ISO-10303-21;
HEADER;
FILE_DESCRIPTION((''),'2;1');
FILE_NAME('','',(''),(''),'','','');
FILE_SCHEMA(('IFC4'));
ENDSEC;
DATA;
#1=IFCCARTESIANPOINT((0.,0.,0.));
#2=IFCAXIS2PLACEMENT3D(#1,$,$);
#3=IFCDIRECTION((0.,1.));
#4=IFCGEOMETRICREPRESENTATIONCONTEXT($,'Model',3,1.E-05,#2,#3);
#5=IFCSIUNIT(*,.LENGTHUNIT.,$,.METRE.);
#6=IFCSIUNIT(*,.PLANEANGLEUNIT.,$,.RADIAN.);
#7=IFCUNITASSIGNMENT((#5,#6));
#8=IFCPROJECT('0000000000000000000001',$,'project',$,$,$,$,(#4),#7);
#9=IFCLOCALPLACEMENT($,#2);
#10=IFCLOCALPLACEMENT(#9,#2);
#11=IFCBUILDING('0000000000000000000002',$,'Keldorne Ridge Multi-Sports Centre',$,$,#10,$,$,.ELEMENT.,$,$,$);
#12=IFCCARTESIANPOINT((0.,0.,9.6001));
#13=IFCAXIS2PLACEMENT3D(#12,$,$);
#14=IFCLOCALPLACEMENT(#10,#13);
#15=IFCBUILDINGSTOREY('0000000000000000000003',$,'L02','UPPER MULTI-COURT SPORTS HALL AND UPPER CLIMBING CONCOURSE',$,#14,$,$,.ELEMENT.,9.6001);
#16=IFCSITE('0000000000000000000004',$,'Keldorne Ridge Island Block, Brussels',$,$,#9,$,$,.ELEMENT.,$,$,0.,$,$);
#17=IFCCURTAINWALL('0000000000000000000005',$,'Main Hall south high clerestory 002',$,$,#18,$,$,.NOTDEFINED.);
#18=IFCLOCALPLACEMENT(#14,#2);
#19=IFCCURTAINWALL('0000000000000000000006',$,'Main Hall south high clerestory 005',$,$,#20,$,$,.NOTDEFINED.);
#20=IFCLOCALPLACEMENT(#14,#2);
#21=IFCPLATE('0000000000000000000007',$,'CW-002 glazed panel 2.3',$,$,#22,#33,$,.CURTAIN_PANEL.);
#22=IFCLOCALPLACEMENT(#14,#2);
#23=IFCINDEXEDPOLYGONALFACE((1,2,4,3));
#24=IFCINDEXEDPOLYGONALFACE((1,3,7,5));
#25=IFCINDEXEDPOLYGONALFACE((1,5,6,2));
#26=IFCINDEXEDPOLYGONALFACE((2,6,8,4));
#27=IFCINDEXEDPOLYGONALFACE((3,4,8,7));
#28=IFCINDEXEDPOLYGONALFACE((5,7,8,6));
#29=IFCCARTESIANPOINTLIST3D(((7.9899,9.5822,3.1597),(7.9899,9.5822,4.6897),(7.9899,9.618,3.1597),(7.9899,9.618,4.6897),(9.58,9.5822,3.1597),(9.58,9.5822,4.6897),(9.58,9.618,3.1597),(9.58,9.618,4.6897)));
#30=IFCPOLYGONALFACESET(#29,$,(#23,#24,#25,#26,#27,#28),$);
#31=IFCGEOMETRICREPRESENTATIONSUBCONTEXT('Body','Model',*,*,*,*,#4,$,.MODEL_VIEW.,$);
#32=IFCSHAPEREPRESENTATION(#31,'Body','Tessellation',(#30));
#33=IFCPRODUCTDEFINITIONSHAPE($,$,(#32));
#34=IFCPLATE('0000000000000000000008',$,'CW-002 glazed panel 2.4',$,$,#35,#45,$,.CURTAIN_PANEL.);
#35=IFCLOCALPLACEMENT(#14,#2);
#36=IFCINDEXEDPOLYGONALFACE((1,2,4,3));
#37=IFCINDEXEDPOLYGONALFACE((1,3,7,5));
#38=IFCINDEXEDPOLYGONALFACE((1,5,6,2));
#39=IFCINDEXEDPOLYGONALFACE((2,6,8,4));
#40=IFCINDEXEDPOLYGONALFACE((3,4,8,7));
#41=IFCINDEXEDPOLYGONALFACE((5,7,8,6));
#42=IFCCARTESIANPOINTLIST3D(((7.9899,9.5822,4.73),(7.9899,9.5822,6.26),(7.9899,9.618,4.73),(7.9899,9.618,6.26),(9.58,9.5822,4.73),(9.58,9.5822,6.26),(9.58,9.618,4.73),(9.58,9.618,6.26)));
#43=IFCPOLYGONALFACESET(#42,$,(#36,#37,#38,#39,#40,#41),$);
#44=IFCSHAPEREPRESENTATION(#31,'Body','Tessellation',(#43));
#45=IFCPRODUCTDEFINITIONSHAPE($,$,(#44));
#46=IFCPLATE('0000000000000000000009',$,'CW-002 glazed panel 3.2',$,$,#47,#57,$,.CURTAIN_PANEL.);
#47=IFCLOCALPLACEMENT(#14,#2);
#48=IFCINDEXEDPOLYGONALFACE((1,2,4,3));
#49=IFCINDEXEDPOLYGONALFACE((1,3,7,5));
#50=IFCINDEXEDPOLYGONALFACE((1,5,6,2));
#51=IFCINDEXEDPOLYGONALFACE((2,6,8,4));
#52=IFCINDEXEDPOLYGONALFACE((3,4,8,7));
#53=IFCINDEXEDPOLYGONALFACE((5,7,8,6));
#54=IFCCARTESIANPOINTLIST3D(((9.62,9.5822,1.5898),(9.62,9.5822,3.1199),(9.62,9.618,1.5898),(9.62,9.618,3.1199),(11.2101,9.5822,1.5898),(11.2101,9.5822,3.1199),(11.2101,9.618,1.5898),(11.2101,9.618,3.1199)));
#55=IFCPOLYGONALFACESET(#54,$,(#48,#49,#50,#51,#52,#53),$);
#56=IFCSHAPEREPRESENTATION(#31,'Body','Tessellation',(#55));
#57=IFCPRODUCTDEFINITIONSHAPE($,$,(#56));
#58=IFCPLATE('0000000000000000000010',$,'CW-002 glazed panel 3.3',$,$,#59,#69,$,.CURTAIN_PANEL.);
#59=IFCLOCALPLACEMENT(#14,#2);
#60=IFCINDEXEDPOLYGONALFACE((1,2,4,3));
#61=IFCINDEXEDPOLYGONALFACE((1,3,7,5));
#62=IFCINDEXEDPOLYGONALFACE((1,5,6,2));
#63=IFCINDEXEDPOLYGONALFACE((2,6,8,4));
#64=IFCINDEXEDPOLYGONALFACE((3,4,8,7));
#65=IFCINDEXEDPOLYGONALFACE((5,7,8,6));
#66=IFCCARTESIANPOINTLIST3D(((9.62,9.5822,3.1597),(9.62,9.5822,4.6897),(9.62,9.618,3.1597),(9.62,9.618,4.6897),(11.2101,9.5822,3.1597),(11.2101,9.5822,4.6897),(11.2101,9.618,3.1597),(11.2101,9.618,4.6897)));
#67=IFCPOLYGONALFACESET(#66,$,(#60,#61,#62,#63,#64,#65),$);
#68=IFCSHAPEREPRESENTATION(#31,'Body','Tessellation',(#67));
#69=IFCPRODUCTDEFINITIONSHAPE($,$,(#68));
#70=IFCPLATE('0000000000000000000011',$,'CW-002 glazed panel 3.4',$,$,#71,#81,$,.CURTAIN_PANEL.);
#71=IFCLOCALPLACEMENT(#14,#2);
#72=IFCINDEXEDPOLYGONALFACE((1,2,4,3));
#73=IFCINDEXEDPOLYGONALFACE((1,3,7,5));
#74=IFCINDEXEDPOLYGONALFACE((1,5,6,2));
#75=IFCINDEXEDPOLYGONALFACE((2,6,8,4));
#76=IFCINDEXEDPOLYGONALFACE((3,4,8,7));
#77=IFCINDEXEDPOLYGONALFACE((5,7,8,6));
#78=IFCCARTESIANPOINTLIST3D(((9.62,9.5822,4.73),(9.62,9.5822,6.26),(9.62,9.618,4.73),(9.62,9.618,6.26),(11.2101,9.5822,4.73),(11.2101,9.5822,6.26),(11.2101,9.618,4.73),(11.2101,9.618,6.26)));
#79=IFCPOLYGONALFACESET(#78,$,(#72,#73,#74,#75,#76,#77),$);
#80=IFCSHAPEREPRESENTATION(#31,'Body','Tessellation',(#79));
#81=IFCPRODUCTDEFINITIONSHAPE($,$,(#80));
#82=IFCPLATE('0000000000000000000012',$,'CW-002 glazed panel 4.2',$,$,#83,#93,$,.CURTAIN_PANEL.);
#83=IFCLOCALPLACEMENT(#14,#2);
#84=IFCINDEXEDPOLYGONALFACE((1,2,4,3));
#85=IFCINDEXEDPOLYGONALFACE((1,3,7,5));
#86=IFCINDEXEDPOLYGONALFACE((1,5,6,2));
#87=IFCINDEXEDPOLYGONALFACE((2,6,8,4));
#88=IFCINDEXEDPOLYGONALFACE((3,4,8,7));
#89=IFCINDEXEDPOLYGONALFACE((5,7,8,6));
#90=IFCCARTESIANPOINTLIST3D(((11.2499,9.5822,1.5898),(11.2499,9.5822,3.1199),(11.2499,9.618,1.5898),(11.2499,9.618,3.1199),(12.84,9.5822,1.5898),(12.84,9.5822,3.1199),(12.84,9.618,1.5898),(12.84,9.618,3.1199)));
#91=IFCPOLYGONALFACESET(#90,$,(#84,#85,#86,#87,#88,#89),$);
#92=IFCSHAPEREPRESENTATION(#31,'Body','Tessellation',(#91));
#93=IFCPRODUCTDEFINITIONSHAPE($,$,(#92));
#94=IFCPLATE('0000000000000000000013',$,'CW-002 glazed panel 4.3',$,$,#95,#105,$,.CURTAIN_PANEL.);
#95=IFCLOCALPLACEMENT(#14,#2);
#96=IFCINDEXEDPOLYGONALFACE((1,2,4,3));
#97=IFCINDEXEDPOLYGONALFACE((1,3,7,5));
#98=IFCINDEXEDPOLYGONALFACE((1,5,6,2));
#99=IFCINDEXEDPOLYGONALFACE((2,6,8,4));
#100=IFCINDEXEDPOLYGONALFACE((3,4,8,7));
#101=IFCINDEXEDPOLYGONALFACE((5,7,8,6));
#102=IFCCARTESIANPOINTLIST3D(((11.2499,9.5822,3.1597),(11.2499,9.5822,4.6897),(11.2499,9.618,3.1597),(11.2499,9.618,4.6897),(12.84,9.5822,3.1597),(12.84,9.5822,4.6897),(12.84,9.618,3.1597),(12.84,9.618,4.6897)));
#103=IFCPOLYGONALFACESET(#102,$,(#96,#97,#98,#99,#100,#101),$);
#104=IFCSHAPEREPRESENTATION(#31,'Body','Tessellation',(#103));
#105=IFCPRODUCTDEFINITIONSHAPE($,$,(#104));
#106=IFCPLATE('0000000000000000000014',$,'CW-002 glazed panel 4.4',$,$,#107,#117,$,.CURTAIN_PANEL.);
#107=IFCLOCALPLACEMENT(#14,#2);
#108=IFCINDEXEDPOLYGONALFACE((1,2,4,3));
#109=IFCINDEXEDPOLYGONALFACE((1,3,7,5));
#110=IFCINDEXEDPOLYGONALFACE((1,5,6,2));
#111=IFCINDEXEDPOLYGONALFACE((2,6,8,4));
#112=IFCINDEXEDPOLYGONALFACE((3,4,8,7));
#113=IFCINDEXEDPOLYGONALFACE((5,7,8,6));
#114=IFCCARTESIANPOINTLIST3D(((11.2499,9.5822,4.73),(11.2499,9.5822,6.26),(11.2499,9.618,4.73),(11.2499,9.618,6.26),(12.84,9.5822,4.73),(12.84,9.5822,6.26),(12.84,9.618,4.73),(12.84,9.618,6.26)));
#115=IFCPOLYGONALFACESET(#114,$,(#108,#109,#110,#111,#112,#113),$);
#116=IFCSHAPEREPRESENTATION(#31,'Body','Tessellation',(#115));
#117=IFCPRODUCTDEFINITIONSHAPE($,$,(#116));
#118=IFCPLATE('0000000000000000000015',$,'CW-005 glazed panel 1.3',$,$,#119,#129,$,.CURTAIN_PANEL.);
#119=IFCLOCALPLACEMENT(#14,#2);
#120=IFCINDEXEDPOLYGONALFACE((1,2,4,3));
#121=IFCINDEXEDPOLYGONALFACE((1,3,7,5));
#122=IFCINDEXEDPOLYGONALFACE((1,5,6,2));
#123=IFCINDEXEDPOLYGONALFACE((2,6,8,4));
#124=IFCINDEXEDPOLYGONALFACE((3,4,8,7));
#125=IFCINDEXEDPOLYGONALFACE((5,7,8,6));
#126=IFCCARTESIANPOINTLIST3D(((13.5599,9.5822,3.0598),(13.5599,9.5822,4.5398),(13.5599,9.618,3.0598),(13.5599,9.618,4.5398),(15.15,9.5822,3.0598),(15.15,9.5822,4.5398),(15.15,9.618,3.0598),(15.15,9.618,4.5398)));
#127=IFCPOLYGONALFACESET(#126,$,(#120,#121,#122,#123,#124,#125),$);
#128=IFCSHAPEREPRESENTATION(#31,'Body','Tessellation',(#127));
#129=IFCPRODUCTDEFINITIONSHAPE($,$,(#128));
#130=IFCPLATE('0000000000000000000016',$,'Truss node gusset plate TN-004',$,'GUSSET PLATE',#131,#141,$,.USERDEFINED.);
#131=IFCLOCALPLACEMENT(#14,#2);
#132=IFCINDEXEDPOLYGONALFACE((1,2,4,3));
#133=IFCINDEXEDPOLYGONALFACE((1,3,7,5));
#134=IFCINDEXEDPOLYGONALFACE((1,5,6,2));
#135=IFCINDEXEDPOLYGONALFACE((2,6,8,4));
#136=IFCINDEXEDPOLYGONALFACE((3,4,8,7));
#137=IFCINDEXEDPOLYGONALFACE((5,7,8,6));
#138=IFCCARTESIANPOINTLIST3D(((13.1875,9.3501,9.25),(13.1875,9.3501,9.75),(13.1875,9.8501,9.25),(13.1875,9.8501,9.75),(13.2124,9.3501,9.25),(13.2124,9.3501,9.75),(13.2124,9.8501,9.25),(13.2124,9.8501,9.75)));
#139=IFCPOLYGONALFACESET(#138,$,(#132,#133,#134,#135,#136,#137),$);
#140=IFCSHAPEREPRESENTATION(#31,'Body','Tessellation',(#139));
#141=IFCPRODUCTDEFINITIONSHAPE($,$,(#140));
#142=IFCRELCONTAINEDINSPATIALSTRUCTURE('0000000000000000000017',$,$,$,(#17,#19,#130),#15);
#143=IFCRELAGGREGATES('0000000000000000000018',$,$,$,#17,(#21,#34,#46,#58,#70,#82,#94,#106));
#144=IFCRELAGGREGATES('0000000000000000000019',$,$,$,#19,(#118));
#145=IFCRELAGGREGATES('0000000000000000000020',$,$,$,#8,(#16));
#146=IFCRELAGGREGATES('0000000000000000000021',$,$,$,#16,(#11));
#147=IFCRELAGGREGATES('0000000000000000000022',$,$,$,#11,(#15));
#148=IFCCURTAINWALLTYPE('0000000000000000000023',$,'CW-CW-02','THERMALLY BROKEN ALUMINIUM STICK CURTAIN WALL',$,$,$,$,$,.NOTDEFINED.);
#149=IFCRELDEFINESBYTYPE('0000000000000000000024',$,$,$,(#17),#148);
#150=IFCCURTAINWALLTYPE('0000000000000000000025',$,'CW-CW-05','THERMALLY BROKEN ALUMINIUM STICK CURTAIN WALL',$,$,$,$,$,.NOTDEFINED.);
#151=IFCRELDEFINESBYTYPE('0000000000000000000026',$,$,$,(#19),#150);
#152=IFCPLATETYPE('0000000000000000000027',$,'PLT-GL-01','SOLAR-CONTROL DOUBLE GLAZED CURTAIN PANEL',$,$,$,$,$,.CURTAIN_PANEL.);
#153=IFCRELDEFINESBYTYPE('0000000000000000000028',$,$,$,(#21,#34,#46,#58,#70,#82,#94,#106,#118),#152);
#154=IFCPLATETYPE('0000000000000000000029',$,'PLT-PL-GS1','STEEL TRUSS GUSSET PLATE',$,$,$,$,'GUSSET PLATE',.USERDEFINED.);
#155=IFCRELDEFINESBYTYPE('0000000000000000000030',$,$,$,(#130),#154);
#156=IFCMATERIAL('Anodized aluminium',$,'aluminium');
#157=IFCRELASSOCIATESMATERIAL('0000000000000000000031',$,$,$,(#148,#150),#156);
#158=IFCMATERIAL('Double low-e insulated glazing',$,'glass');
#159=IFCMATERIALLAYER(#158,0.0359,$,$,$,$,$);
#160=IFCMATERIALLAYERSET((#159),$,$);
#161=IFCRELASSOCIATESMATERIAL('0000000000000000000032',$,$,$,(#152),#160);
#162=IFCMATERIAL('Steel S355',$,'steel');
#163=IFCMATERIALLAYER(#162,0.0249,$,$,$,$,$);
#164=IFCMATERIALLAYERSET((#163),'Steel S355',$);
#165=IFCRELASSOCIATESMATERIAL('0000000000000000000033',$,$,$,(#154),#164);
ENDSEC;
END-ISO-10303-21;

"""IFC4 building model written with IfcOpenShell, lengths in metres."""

from ifc_helpers import new_model, si_unit, direction, frame, origin, origin_2d, place, context, subcontext, project, spatial, rectangle, extrude, material, layer, layer_set, type_object, element, aggregate, save


model = new_model("IFC4")

# Units and contexts
model_context = context("Model", 3, precision=1e-05, world=origin(), true_north=direction((0.0, 1.0)))
body_context = subcontext(model_context, "Body", "Model", "MODEL_VIEW")
ifc_project = project(units=[si_unit("LENGTHUNIT", "METRE"), si_unit("PLANEANGLEUNIT", "RADIAN")], contexts=[model_context])

# Site, building, storey
site_placement = place(None, origin())
site = spatial("IfcSite", under=ifc_project, at=site_placement, Name="Keldorne Ridge Island Block, Brussels", CompositionType="ELEMENT", RefElevation=0.0)
building_placement = place(site_placement, origin())
building = spatial("IfcBuilding", under=site, at=building_placement, Name="Keldorne Ridge Multi-Sports Centre", CompositionType="ELEMENT")
storey_placement = place(building_placement, frame((0.0, 0.0, 9.6001)))
storey = spatial("IfcBuildingStorey", under=building, at=storey_placement, Name="L02", Description="UPPER MULTI-COURT SPORTS HALL AND UPPER CLIMBING CONCOURSE", CompositionType="ELEMENT", Elevation=9.6001)

# Shared definitions
ifc_material_1 = material(Name="Steel S355", Category="steel")

# Curtain walls
ifc_material_2 = material(Name="Anodized aluminium", Category="aluminium")
curtain_wall_type_1 = type_object("IfcCurtainWallType", Name="CW-CW-02", Description="THERMALLY BROKEN ALUMINIUM STICK CURTAIN WALL", PredefinedType="NOTDEFINED", material=ifc_material_2)
curtain_wall_1_placement = place(storey_placement, origin())
curtain_wall_1 = element("IfcCurtainWall", 1, at=curtain_wall_1_placement, inside=storey, type_object=curtain_wall_type_1, Name="Main Hall south high clerestory 002", PredefinedType="NOTDEFINED")
curtain_wall_type_2 = type_object("IfcCurtainWallType", Name="CW-CW-05", Description="THERMALLY BROKEN ALUMINIUM STICK CURTAIN WALL", PredefinedType="NOTDEFINED", material=ifc_material_2)
curtain_wall_2_placement = place(storey_placement, origin())
curtain_wall_2 = element("IfcCurtainWall", 2, at=curtain_wall_2_placement, inside=storey, type_object=curtain_wall_type_2, Name="Main Hall south high clerestory 005", PredefinedType="NOTDEFINED")

# Plates
ifc_material_3 = material(Name="Double low-e insulated glazing", Category="glass")
ifc_layer_1 = layer(ifc_material_3, 0.0359)
ifc_layer_set_1 = layer_set([ifc_layer_1])
plate_type_1 = type_object("IfcPlateType", Name="PLT-GL-01", Description="SOLAR-CONTROL DOUBLE GLAZED CURTAIN PANEL", PredefinedType="CURTAIN_PANEL", material=ifc_layer_set_1)
plate_1_placement = place(storey_placement, frame((8.7849, 9.6001, 3.1597), z_axis=(0.0, 0.0, 1.0), x_axis=(1.0, 0.0, 0.0)))
plate_1 = element("IfcPlate", 3, at=plate_1_placement, type_object=plate_type_1, Name="CW-002 glazed panel 2.3", PredefinedType="CURTAIN_PANEL", context=body_context, shape_type="SweptSolid", body=[
    extrude(rectangle(XDim=1.5901, YDim=0.0359, at=origin_2d()), origin(), (0.0, 0.0, 1.0), 1.53),
])
plate_2_placement = place(storey_placement, frame((8.7849, 9.6001, 4.73), z_axis=(0.0, 0.0, 1.0), x_axis=(1.0, 0.0, 0.0)))
plate_2 = element("IfcPlate", 4, at=plate_2_placement, type_object=plate_type_1, Name="CW-002 glazed panel 2.4", PredefinedType="CURTAIN_PANEL", context=body_context, shape_type="SweptSolid", body=[
    extrude(rectangle(XDim=1.5901, YDim=0.0359, at=origin_2d()), origin(), (0.0, 0.0, 1.0), 1.53),
])
plate_3_placement = place(storey_placement, frame((10.415, 9.6001, 1.5898), z_axis=(0.0, 0.0, 1.0), x_axis=(1.0, 0.0, 0.0)))
plate_3 = element("IfcPlate", 5, at=plate_3_placement, type_object=plate_type_1, Name="CW-002 glazed panel 3.2", PredefinedType="CURTAIN_PANEL", context=body_context, shape_type="SweptSolid", body=[
    extrude(rectangle(XDim=1.5901, YDim=0.0359, at=origin_2d()), origin(), (0.0, 0.0, 1.0), 1.53),
])
plate_4_placement = place(storey_placement, frame((10.415, 9.6001, 3.1597), z_axis=(0.0, 0.0, 1.0), x_axis=(1.0, 0.0, 0.0)))
plate_4 = element("IfcPlate", 6, at=plate_4_placement, type_object=plate_type_1, Name="CW-002 glazed panel 3.3", PredefinedType="CURTAIN_PANEL", context=body_context, shape_type="SweptSolid", body=[
    extrude(rectangle(XDim=1.5901, YDim=0.0359, at=origin_2d()), origin(), (0.0, 0.0, 1.0), 1.53),
])
plate_5_placement = place(storey_placement, frame((10.415, 9.6001, 4.73), z_axis=(0.0, 0.0, 1.0), x_axis=(1.0, 0.0, 0.0)))
plate_5 = element("IfcPlate", 7, at=plate_5_placement, type_object=plate_type_1, Name="CW-002 glazed panel 3.4", PredefinedType="CURTAIN_PANEL", context=body_context, shape_type="SweptSolid", body=[
    extrude(rectangle(XDim=1.5901, YDim=0.0359, at=origin_2d()), origin(), (0.0, 0.0, 1.0), 1.53),
])
plate_6_placement = place(storey_placement, frame((12.0449, 9.6001, 1.5898), z_axis=(0.0, 0.0, 1.0), x_axis=(1.0, 0.0, 0.0)))
plate_6 = element("IfcPlate", 8, at=plate_6_placement, type_object=plate_type_1, Name="CW-002 glazed panel 4.2", PredefinedType="CURTAIN_PANEL", context=body_context, shape_type="SweptSolid", body=[
    extrude(rectangle(XDim=1.5901, YDim=0.0359, at=origin_2d()), origin(), (0.0, 0.0, 1.0), 1.53),
])
plate_7_placement = place(storey_placement, frame((12.0449, 9.6001, 3.1597), z_axis=(0.0, 0.0, 1.0), x_axis=(1.0, 0.0, 0.0)))
plate_7 = element("IfcPlate", 9, at=plate_7_placement, type_object=plate_type_1, Name="CW-002 glazed panel 4.3", PredefinedType="CURTAIN_PANEL", context=body_context, shape_type="SweptSolid", body=[
    extrude(rectangle(XDim=1.5901, YDim=0.0359, at=origin_2d()), origin(), (0.0, 0.0, 1.0), 1.53),
])
plate_8_placement = place(storey_placement, frame((12.0449, 9.6001, 4.73), z_axis=(0.0, 0.0, 1.0), x_axis=(1.0, 0.0, 0.0)))
plate_8 = element("IfcPlate", 10, at=plate_8_placement, type_object=plate_type_1, Name="CW-002 glazed panel 4.4", PredefinedType="CURTAIN_PANEL", context=body_context, shape_type="SweptSolid", body=[
    extrude(rectangle(XDim=1.5901, YDim=0.0359, at=origin_2d()), origin(), (0.0, 0.0, 1.0), 1.53),
])
aggregate(curtain_wall_1, [plate_1, plate_2, plate_3, plate_4, plate_5, plate_6, plate_7, plate_8])
plate_9_placement = place(storey_placement, frame((14.355, 9.6001, 3.0598), z_axis=(0.0, 0.0, 1.0), x_axis=(1.0, 0.0, 0.0)))
plate_9 = element("IfcPlate", 11, at=plate_9_placement, type_object=plate_type_1, Name="CW-005 glazed panel 1.3", PredefinedType="CURTAIN_PANEL", context=body_context, shape_type="SweptSolid", body=[
    extrude(rectangle(XDim=1.5901, YDim=0.0359, at=origin_2d()), origin(), (0.0, 0.0, 1.0), 1.48),
])
aggregate(curtain_wall_2, [plate_9])
ifc_layer_2 = layer(ifc_material_1, 0.0249)
ifc_layer_set_2 = layer_set([ifc_layer_2], Name="Steel S355")
plate_type_2 = type_object("IfcPlateType", Name="PLT-PL-GS1", Description="STEEL TRUSS GUSSET PLATE", ElementType="GUSSET PLATE", PredefinedType="USERDEFINED", material=ifc_layer_set_2)
plate_10_placement = place(storey_placement, frame((13.2, 9.6001, 9.25), z_axis=(0.0, 0.0, 1.0), x_axis=(1.0, 0.0, 0.0)))
element("IfcPlate", 12, at=plate_10_placement, inside=storey, type_object=plate_type_2, Name="Truss node gusset plate TN-004", ObjectType="GUSSET PLATE", PredefinedType="USERDEFINED", context=body_context, shape_type="SweptSolid", body=[
    extrude(rectangle(XDim=0.0249, YDim=0.5, at=origin_2d()), origin(), (0.0, 0.0, 1.0), 0.5),
])

save(model, "model.ifc")
